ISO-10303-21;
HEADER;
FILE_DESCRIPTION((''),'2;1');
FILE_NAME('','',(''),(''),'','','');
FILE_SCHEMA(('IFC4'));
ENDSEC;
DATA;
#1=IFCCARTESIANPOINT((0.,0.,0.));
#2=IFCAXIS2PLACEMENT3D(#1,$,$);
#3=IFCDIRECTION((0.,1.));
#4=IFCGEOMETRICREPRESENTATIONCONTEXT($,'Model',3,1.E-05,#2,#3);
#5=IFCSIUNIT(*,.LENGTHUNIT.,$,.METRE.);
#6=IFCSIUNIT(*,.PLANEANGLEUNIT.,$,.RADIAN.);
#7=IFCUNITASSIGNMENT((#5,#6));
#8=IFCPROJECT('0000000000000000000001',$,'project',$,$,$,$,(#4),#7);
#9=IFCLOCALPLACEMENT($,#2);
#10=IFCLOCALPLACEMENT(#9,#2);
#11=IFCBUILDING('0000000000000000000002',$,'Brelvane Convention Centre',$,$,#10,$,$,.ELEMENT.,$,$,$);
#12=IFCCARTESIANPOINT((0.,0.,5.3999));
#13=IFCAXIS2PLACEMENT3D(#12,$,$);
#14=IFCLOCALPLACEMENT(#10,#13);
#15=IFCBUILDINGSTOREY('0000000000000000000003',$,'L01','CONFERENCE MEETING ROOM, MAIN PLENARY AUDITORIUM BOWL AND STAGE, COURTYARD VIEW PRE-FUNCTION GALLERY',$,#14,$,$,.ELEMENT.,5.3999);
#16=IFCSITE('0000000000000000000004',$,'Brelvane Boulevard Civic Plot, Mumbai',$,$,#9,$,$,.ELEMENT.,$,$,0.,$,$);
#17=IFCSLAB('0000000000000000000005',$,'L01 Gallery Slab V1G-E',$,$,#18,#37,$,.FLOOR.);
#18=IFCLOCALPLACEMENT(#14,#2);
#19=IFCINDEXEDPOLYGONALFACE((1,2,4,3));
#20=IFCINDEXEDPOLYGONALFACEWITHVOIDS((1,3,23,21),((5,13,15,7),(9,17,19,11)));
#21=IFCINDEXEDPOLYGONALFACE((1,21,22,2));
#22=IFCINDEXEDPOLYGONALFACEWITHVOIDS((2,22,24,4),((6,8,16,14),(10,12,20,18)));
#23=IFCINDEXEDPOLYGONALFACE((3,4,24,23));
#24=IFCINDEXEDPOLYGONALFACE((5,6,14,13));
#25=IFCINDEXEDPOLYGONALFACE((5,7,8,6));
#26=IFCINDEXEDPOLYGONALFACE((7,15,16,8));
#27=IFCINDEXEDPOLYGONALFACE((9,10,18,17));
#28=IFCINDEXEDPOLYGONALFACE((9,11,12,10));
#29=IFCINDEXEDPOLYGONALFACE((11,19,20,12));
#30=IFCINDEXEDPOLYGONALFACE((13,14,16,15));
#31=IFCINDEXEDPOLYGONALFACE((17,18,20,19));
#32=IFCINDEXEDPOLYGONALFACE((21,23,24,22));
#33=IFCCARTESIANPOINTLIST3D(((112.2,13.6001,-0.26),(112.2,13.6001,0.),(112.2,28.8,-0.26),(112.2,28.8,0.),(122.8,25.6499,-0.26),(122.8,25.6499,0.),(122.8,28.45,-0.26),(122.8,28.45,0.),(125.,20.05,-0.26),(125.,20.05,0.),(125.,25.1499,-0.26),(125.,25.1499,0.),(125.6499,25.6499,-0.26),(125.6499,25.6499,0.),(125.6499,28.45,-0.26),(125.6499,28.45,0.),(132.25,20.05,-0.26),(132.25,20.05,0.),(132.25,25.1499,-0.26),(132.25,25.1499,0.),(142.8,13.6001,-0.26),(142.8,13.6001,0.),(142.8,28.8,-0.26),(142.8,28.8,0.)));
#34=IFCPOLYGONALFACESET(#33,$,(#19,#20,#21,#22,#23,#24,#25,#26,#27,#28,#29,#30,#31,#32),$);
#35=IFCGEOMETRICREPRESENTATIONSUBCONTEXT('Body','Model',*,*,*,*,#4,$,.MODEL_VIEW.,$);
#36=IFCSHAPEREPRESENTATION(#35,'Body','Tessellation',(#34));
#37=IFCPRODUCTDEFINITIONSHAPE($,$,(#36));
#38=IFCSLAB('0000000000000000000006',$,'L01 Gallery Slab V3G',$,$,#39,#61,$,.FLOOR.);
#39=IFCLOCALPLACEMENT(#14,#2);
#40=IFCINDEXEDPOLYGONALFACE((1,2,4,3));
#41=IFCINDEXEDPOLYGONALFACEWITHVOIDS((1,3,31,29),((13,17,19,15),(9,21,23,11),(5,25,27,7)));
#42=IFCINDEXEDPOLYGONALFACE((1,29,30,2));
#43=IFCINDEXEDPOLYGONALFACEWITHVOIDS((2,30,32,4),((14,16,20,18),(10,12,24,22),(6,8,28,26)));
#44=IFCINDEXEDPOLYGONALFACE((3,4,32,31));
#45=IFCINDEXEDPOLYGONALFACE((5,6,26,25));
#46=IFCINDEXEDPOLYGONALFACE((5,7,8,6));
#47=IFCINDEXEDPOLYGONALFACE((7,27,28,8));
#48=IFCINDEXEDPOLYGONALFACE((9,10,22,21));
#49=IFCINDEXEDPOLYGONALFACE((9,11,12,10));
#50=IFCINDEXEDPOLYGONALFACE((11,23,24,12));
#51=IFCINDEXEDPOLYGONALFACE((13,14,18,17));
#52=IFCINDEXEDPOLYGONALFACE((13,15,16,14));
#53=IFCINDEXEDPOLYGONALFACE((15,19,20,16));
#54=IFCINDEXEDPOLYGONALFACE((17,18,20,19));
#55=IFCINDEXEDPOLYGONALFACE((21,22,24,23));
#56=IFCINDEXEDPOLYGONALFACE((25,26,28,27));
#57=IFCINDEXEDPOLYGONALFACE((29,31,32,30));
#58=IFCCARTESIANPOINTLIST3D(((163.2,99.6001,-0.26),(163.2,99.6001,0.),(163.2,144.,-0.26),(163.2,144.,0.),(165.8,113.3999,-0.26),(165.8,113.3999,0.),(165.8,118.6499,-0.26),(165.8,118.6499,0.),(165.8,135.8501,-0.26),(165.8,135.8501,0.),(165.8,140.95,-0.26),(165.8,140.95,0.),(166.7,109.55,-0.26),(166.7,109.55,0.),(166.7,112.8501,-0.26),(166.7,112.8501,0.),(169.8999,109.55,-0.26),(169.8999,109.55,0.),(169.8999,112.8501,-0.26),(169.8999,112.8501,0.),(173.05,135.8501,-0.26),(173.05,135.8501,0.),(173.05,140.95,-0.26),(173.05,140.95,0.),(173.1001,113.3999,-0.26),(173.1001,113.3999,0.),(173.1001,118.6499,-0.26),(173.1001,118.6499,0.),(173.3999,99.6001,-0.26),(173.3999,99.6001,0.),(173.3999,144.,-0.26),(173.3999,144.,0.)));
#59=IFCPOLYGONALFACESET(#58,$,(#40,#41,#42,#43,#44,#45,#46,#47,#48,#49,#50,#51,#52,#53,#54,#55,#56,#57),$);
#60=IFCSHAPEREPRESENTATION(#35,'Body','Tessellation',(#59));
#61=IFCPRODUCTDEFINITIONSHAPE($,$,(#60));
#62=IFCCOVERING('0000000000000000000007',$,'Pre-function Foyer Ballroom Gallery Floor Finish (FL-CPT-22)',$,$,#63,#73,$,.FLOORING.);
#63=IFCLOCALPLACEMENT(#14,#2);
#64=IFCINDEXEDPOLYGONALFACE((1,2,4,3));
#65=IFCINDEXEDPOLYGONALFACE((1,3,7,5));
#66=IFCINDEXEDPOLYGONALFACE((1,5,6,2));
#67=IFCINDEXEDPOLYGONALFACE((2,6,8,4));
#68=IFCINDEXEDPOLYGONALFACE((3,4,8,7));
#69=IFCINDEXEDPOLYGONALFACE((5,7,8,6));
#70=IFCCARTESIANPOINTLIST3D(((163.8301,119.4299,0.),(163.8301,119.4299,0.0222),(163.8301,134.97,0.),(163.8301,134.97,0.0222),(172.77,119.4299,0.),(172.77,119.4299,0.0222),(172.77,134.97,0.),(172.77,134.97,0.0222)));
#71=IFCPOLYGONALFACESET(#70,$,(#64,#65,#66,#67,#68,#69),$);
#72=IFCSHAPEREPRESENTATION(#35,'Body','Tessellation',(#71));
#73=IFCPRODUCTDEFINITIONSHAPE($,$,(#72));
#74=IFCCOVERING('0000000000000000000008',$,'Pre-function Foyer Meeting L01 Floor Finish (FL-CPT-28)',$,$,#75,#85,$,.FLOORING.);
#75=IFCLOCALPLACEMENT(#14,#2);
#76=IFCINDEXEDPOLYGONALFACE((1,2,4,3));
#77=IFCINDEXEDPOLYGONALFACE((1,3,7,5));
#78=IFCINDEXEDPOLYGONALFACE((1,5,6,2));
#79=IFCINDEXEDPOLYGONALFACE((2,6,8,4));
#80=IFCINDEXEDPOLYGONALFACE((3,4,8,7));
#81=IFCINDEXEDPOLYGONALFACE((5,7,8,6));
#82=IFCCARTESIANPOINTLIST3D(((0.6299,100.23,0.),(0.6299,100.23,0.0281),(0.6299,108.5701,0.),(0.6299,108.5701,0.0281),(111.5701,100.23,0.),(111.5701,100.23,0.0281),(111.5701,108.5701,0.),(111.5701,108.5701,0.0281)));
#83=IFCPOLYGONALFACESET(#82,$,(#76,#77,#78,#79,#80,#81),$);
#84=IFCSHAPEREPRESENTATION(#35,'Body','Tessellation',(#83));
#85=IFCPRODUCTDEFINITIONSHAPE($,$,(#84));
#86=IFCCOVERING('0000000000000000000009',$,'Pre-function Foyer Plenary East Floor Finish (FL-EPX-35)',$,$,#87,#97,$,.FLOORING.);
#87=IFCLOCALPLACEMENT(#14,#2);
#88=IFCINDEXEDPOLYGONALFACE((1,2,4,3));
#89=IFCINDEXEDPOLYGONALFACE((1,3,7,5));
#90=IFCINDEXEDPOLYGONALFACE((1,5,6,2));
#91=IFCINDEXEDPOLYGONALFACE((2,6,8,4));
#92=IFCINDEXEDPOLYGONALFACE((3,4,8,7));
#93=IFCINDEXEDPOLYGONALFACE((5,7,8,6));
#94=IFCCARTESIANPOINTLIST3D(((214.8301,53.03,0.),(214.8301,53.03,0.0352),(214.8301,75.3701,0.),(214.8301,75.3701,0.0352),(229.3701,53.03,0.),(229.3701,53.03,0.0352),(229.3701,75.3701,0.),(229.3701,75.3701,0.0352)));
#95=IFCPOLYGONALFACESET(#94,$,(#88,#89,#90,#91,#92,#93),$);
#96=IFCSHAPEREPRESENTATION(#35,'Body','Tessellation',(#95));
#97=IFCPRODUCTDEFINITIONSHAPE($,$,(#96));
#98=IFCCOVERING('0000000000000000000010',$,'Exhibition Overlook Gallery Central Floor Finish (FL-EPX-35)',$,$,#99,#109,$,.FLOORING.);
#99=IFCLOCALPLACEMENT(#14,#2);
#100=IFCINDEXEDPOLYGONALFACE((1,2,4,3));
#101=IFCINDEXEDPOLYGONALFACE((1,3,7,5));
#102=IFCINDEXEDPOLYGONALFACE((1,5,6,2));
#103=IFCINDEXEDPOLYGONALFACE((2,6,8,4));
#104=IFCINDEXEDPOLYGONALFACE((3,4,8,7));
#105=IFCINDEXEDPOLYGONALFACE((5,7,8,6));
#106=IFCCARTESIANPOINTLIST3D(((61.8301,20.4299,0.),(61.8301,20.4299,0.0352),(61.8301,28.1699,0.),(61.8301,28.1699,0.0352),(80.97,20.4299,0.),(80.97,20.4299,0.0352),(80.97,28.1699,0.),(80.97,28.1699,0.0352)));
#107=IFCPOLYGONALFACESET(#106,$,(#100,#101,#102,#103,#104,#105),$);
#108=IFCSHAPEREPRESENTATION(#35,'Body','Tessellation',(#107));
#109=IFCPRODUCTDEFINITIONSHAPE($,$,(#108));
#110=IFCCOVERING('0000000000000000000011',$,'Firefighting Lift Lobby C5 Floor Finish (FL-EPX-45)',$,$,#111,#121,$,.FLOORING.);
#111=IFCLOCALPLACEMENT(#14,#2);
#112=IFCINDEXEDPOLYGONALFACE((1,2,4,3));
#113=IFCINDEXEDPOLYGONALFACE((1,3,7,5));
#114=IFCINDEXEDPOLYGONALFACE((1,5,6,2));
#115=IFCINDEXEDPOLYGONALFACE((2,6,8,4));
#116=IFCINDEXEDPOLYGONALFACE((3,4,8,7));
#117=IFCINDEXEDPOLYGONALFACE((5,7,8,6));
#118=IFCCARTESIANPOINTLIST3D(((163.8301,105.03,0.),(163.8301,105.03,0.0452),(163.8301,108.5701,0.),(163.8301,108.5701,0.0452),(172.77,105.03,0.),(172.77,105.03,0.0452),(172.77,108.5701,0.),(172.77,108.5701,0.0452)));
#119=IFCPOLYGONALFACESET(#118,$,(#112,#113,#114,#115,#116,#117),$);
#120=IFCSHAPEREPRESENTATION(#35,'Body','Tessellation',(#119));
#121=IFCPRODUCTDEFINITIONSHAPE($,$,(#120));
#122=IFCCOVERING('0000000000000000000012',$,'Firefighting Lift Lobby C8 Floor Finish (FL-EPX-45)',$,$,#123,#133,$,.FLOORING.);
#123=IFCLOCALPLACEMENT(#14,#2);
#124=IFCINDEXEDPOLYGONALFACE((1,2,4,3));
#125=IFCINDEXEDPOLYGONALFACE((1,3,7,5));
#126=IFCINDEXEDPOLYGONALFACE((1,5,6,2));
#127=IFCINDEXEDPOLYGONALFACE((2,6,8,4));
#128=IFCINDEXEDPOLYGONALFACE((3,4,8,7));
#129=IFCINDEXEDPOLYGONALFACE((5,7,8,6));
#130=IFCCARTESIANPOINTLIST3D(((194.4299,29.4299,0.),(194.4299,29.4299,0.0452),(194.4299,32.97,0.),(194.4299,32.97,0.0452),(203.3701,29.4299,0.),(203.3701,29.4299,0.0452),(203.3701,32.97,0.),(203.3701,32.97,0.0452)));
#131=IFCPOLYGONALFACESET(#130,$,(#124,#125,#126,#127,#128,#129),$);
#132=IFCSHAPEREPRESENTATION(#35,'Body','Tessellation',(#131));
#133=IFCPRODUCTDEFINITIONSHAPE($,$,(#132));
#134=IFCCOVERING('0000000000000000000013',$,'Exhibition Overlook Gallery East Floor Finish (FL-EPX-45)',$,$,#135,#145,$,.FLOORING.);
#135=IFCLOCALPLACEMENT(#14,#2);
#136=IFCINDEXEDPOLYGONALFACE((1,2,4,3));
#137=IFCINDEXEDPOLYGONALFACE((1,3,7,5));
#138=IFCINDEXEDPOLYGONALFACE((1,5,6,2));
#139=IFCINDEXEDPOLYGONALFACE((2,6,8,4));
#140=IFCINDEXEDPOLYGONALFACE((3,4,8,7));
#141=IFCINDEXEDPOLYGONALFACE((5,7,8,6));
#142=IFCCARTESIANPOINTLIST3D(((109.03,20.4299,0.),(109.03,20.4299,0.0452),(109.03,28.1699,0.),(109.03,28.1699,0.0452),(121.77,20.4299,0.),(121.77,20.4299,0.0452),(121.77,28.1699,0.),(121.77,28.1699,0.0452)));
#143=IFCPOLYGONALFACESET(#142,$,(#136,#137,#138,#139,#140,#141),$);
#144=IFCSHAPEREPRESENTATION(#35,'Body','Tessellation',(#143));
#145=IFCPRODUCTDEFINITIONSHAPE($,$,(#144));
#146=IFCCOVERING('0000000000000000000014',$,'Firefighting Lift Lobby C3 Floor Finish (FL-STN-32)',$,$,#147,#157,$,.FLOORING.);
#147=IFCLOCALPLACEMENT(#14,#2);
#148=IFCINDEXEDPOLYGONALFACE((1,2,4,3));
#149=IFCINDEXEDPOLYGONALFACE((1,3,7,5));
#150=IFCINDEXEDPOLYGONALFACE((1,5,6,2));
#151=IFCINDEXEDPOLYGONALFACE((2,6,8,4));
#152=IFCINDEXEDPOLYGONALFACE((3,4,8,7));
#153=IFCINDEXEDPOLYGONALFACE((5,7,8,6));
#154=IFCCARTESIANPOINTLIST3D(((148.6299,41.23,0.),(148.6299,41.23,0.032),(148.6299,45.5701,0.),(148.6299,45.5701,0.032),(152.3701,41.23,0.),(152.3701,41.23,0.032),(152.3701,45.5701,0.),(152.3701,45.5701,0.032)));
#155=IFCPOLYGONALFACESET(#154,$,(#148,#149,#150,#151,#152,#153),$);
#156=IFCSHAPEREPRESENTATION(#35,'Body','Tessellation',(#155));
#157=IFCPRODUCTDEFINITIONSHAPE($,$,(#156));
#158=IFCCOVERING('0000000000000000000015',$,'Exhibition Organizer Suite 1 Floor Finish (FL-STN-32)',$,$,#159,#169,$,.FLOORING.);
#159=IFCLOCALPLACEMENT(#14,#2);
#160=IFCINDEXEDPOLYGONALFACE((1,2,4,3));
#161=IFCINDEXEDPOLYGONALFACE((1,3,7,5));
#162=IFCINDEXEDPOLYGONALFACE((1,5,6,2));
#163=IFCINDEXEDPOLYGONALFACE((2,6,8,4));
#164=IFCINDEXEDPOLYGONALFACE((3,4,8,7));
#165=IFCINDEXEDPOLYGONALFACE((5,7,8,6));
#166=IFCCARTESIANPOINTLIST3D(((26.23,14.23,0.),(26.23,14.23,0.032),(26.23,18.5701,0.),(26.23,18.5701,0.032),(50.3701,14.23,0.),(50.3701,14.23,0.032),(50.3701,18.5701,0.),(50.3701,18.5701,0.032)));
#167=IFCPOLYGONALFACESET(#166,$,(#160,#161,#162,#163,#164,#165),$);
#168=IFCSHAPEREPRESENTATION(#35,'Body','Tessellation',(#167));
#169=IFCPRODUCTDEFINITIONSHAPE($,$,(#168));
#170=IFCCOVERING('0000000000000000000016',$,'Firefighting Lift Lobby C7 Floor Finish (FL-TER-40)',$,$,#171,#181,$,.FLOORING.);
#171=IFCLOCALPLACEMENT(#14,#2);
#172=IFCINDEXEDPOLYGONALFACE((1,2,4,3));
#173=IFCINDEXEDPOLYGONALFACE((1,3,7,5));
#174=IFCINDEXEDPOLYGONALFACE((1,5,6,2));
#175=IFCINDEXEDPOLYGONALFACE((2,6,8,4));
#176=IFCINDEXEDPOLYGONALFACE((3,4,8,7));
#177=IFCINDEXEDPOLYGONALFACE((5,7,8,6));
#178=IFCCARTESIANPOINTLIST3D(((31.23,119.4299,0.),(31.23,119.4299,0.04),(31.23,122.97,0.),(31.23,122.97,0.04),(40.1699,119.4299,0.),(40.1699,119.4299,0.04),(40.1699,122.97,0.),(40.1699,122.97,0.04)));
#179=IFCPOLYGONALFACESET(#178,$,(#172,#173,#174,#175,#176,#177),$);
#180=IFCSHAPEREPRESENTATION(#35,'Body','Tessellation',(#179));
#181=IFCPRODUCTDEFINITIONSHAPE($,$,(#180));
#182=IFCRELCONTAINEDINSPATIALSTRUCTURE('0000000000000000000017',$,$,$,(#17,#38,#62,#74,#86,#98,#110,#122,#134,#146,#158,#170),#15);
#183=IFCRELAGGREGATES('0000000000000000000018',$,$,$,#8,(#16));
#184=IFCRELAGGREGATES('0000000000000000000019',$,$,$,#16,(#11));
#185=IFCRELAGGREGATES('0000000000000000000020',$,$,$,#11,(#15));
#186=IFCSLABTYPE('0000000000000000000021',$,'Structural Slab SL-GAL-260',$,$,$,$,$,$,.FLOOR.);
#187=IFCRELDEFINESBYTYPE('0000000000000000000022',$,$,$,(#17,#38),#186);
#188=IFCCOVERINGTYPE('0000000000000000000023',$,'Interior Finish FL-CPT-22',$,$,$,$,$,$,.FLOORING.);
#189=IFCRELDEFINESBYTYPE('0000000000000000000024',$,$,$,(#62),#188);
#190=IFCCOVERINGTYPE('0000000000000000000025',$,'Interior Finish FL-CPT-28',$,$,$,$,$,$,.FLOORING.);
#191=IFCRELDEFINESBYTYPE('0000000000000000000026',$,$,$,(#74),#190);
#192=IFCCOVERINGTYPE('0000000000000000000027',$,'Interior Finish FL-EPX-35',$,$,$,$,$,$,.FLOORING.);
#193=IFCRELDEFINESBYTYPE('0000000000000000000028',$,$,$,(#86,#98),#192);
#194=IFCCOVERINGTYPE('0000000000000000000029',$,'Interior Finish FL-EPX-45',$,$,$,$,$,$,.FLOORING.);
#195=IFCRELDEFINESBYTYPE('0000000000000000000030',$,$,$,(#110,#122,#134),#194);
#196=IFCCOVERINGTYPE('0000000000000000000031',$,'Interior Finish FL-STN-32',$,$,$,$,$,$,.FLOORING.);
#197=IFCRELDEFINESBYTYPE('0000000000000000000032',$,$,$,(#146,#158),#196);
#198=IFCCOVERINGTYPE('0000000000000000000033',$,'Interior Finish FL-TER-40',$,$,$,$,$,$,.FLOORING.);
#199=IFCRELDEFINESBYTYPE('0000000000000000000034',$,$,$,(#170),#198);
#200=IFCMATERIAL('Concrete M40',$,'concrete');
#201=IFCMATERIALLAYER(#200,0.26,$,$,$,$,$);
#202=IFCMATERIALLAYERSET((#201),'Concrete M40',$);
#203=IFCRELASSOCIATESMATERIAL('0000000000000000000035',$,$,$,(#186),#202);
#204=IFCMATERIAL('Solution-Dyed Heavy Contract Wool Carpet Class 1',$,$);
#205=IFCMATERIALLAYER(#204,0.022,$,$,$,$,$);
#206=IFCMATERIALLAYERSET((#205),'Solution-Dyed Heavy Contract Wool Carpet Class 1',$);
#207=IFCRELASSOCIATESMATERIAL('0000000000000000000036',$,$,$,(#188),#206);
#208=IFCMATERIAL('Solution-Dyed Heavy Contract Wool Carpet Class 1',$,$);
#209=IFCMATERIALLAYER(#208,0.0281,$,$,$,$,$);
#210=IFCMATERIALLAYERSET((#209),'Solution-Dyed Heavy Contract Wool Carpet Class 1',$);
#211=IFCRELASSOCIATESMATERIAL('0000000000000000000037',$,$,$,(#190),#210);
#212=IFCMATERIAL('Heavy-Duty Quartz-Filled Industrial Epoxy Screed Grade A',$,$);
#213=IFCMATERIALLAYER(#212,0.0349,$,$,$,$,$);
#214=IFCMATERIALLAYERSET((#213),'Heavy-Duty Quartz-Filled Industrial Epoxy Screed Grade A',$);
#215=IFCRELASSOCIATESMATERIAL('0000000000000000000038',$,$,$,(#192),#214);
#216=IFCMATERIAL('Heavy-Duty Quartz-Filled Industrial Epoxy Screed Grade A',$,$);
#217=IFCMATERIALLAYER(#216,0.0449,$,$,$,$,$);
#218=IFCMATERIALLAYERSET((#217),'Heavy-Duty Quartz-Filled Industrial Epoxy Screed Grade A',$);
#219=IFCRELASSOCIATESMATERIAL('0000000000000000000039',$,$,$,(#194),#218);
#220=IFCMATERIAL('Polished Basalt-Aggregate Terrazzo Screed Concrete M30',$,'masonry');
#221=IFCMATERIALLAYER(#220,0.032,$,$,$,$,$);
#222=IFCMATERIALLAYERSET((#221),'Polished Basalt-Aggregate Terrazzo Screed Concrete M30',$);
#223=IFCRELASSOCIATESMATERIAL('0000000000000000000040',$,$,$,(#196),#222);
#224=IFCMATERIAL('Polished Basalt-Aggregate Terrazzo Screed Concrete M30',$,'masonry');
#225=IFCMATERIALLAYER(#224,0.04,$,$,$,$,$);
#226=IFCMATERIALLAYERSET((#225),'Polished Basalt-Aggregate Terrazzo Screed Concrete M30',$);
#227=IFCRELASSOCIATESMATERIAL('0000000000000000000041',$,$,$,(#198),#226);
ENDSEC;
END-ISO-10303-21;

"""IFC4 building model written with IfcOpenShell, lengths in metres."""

from ifc_helpers import new_model, si_unit, direction, frame, origin, place, context, subcontext, project, spatial, polyline, outline, extrude, material, layer, layer_set, type_object, element, save


model = new_model("IFC4")

# Units and contexts
model_context = context("Model", 3, precision=1e-05, world=origin(), true_north=direction((0.0, 1.0)))
body_context = subcontext(model_context, "Body", "Model", "MODEL_VIEW")
ifc_project = project(units=[si_unit("LENGTHUNIT", "METRE"), si_unit("PLANEANGLEUNIT", "RADIAN")], contexts=[model_context])

# Site, building, storey
site_placement = place(None, origin())
site = spatial("IfcSite", under=ifc_project, at=site_placement, Name="Brelvane Boulevard Civic Plot, Mumbai", CompositionType="ELEMENT", RefElevation=0.0)
building_placement = place(site_placement, origin())
building = spatial("IfcBuilding", under=site, at=building_placement, Name="Brelvane Convention Centre", CompositionType="ELEMENT")
storey_placement = place(building_placement, frame((0.0, 0.0, 5.3999)))
storey = spatial("IfcBuildingStorey", under=building, at=storey_placement, Name="L01", Description="CONFERENCE MEETING ROOM, MAIN PLENARY AUDITORIUM BOWL AND STAGE, COURTYARD VIEW PRE-FUNCTION GALLERY", CompositionType="ELEMENT", Elevation=5.3999)

# Slabs
ifc_material_1 = material(Name="Concrete M40", Category="concrete")
ifc_layer_1 = layer(ifc_material_1, 0.26)
ifc_layer_set_1 = layer_set([ifc_layer_1], Name="Concrete M40")
slab_type_1 = type_object("IfcSlabType", Name="Structural Slab SL-GAL-260", PredefinedType="FLOOR", material=ifc_layer_set_1)
slab_1_placement = place(storey_placement, frame((0.0, 0.0, -0.26)))
element("IfcSlab", 1, at=slab_1_placement, inside=storey, type_object=slab_type_1, Name="L01 Gallery Slab V1G-E", PredefinedType="FLOOR", context=body_context, shape_type="SweptSolid", body=[
    extrude(outline(polyline([(112.2, 13.6001), (142.8, 13.6001), (142.8, 28.8), (112.2, 28.8), (112.2, 13.6001)]), holes=[polyline([(125.0, 20.05), (132.25, 20.05), (132.25, 25.1499), (125.0, 25.1499), (125.0, 20.05)]), polyline([(122.8, 25.6499), (125.6499, 25.6499), (125.6499, 28.45), (122.8, 28.45), (122.8, 25.6499)])]), origin(), (0.0, 0.0, 1.0), 0.26),
])
slab_2_placement = place(storey_placement, frame((0.0, 0.0, -0.26)))
element("IfcSlab", 2, at=slab_2_placement, inside=storey, type_object=slab_type_1, Name="L01 Gallery Slab V3G", PredefinedType="FLOOR", context=body_context, shape_type="SweptSolid", body=[
    extrude(outline(polyline([(163.2, 99.6001), (173.3999, 99.6001), (173.3999, 144.0), (163.2, 144.0), (163.2, 99.6001)]), holes=[polyline([(165.8, 113.3999), (173.1001, 113.3999), (173.1001, 118.6499), (165.8, 118.6499), (165.8, 113.3999)]), polyline([(166.7, 109.55), (169.8999, 109.55), (169.8999, 112.8501), (166.7, 112.8501), (166.7, 109.55)]), polyline([(165.8, 135.8501), (173.05, 135.8501), (173.05, 140.95), (165.8, 140.95), (165.8, 135.8501)])]), origin(), (0.0, 0.0, 1.0), 0.26),
])

# Coverings
ifc_material_2 = material(Name="Solution-Dyed Heavy Contract Wool Carpet Class 1")
ifc_layer_2 = layer(ifc_material_2, 0.022)
ifc_layer_set_2 = layer_set([ifc_layer_2], Name="Solution-Dyed Heavy Contract Wool Carpet Class 1")
covering_type_1 = type_object("IfcCoveringType", Name="Interior Finish FL-CPT-22", PredefinedType="FLOORING", material=ifc_layer_set_2)
covering_1_placement = place(storey_placement, origin())
element("IfcCovering", 3, at=covering_1_placement, inside=storey, type_object=covering_type_1, Name="Pre-function Foyer Ballroom Gallery Floor Finish (FL-CPT-22)", PredefinedType="FLOORING", context=body_context, shape_type="SweptSolid", body=[
    extrude(outline(polyline([(163.8301, 119.4299), (172.77, 119.4299), (172.77, 134.97), (163.8301, 134.97), (163.8301, 119.4299)])), origin(), (0.0, 0.0, 1.0), 0.0222),
])
ifc_material_3 = material(Name="Solution-Dyed Heavy Contract Wool Carpet Class 1")
ifc_layer_3 = layer(ifc_material_3, 0.0281)
ifc_layer_set_3 = layer_set([ifc_layer_3], Name="Solution-Dyed Heavy Contract Wool Carpet Class 1")
covering_type_2 = type_object("IfcCoveringType", Name="Interior Finish FL-CPT-28", PredefinedType="FLOORING", material=ifc_layer_set_3)
covering_2_placement = place(storey_placement, origin())
element("IfcCovering", 4, at=covering_2_placement, inside=storey, type_object=covering_type_2, Name="Pre-function Foyer Meeting L01 Floor Finish (FL-CPT-28)", PredefinedType="FLOORING", context=body_context, shape_type="SweptSolid", body=[
    extrude(outline(polyline([(0.6299, 100.23), (111.5701, 100.23), (111.5701, 108.5701), (0.6299, 108.5701), (0.6299, 100.23)])), origin(), (0.0, 0.0, 1.0), 0.0281),
])
ifc_material_4 = material(Name="Heavy-Duty Quartz-Filled Industrial Epoxy Screed Grade A")
ifc_layer_4 = layer(ifc_material_4, 0.0349)
ifc_layer_set_4 = layer_set([ifc_layer_4], Name="Heavy-Duty Quartz-Filled Industrial Epoxy Screed Grade A")
covering_type_3 = type_object("IfcCoveringType", Name="Interior Finish FL-EPX-35", PredefinedType="FLOORING", material=ifc_layer_set_4)
covering_3_placement = place(storey_placement, origin())
element("IfcCovering", 5, at=covering_3_placement, inside=storey, type_object=covering_type_3, Name="Pre-function Foyer Plenary East Floor Finish (FL-EPX-35)", PredefinedType="FLOORING", context=body_context, shape_type="SweptSolid", body=[
    extrude(outline(polyline([(214.8301, 53.03), (229.3701, 53.03), (229.3701, 75.3701), (214.8301, 75.3701), (214.8301, 53.03)])), origin(), (0.0, 0.0, 1.0), 0.0352),
])
covering_4_placement = place(storey_placement, origin())
element("IfcCovering", 6, at=covering_4_placement, inside=storey, type_object=covering_type_3, Name="Exhibition Overlook Gallery Central Floor Finish (FL-EPX-35)", PredefinedType="FLOORING", context=body_context, shape_type="SweptSolid", body=[
    extrude(outline(polyline([(61.8301, 20.4299), (80.97, 20.4299), (80.97, 28.1699), (61.8301, 28.1699), (61.8301, 20.4299)])), origin(), (0.0, 0.0, 1.0), 0.0352),
])
ifc_material_5 = material(Name="Heavy-Duty Quartz-Filled Industrial Epoxy Screed Grade A")
ifc_layer_5 = layer(ifc_material_5, 0.0449)
ifc_layer_set_5 = layer_set([ifc_layer_5], Name="Heavy-Duty Quartz-Filled Industrial Epoxy Screed Grade A")
covering_type_4 = type_object("IfcCoveringType", Name="Interior Finish FL-EPX-45", PredefinedType="FLOORING", material=ifc_layer_set_5)
covering_5_placement = place(storey_placement, origin())
element("IfcCovering", 7, at=covering_5_placement, inside=storey, type_object=covering_type_4, Name="Firefighting Lift Lobby C5 Floor Finish (FL-EPX-45)", PredefinedType="FLOORING", context=body_context, shape_type="SweptSolid", body=[
    extrude(outline(polyline([(163.8301, 105.03), (172.77, 105.03), (172.77, 108.5701), (163.8301, 108.5701), (163.8301, 105.03)])), origin(), (0.0, 0.0, 1.0), 0.0452),
])
covering_6_placement = place(storey_placement, origin())
element("IfcCovering", 8, at=covering_6_placement, inside=storey, type_object=covering_type_4, Name="Firefighting Lift Lobby C8 Floor Finish (FL-EPX-45)", PredefinedType="FLOORING", context=body_context, shape_type="SweptSolid", body=[
    extrude(outline(polyline([(194.4299, 29.4299), (203.3701, 29.4299), (203.3701, 32.97), (194.4299, 32.97), (194.4299, 29.4299)])), origin(), (0.0, 0.0, 1.0), 0.0452),
])
covering_7_placement = place(storey_placement, origin())
element("IfcCovering", 9, at=covering_7_placement, inside=storey, type_object=covering_type_4, Name="Exhibition Overlook Gallery East Floor Finish (FL-EPX-45)", PredefinedType="FLOORING", context=body_context, shape_type="SweptSolid", body=[
    extrude(outline(polyline([(109.03, 20.4299), (121.77, 20.4299), (121.77, 28.1699), (109.03, 28.1699), (109.03, 20.4299)])), origin(), (0.0, 0.0, 1.0), 0.0452),
])
ifc_material_6 = material(Name="Polished Basalt-Aggregate Terrazzo Screed Concrete M30", Category="masonry")
ifc_layer_6 = layer(ifc_material_6, 0.032)
ifc_layer_set_6 = layer_set([ifc_layer_6], Name="Polished Basalt-Aggregate Terrazzo Screed Concrete M30")
covering_type_5 = type_object("IfcCoveringType", Name="Interior Finish FL-STN-32", PredefinedType="FLOORING", material=ifc_layer_set_6)
covering_8_placement = place(storey_placement, origin())
element("IfcCovering", 10, at=covering_8_placement, inside=storey, type_object=covering_type_5, Name="Firefighting Lift Lobby C3 Floor Finish (FL-STN-32)", PredefinedType="FLOORING", context=body_context, shape_type="SweptSolid", body=[
    extrude(outline(polyline([(148.6299, 41.23), (152.3701, 41.23), (152.3701, 45.5701), (148.6299, 45.5701), (148.6299, 41.23)])), origin(), (0.0, 0.0, 1.0), 0.032),
])
covering_9_placement = place(storey_placement, origin())
element("IfcCovering", 11, at=covering_9_placement, inside=storey, type_object=covering_type_5, Name="Exhibition Organizer Suite 1 Floor Finish (FL-STN-32)", PredefinedType="FLOORING", context=body_context, shape_type="SweptSolid", body=[
    extrude(outline(polyline([(26.23, 14.23), (50.3701, 14.23), (50.3701, 18.5701), (26.23, 18.5701), (26.23, 14.23)])), origin(), (0.0, 0.0, 1.0), 0.032),
])
ifc_material_7 = material(Name="Polished Basalt-Aggregate Terrazzo Screed Concrete M30", Category="masonry")
ifc_layer_7 = layer(ifc_material_7, 0.04)
ifc_layer_set_7 = layer_set([ifc_layer_7], Name="Polished Basalt-Aggregate Terrazzo Screed Concrete M30")
covering_type_6 = type_object("IfcCoveringType", Name="Interior Finish FL-TER-40", PredefinedType="FLOORING", material=ifc_layer_set_7)
covering_10_placement = place(storey_placement, origin())
element("IfcCovering", 12, at=covering_10_placement, inside=storey, type_object=covering_type_6, Name="Firefighting Lift Lobby C7 Floor Finish (FL-TER-40)", PredefinedType="FLOORING", context=body_context, shape_type="SweptSolid", body=[
    extrude(outline(polyline([(31.23, 119.4299), (40.1699, 119.4299), (40.1699, 122.97), (31.23, 122.97), (31.23, 119.4299)])), origin(), (0.0, 0.0, 1.0), 0.04),
])

save(model, "model.ifc")
